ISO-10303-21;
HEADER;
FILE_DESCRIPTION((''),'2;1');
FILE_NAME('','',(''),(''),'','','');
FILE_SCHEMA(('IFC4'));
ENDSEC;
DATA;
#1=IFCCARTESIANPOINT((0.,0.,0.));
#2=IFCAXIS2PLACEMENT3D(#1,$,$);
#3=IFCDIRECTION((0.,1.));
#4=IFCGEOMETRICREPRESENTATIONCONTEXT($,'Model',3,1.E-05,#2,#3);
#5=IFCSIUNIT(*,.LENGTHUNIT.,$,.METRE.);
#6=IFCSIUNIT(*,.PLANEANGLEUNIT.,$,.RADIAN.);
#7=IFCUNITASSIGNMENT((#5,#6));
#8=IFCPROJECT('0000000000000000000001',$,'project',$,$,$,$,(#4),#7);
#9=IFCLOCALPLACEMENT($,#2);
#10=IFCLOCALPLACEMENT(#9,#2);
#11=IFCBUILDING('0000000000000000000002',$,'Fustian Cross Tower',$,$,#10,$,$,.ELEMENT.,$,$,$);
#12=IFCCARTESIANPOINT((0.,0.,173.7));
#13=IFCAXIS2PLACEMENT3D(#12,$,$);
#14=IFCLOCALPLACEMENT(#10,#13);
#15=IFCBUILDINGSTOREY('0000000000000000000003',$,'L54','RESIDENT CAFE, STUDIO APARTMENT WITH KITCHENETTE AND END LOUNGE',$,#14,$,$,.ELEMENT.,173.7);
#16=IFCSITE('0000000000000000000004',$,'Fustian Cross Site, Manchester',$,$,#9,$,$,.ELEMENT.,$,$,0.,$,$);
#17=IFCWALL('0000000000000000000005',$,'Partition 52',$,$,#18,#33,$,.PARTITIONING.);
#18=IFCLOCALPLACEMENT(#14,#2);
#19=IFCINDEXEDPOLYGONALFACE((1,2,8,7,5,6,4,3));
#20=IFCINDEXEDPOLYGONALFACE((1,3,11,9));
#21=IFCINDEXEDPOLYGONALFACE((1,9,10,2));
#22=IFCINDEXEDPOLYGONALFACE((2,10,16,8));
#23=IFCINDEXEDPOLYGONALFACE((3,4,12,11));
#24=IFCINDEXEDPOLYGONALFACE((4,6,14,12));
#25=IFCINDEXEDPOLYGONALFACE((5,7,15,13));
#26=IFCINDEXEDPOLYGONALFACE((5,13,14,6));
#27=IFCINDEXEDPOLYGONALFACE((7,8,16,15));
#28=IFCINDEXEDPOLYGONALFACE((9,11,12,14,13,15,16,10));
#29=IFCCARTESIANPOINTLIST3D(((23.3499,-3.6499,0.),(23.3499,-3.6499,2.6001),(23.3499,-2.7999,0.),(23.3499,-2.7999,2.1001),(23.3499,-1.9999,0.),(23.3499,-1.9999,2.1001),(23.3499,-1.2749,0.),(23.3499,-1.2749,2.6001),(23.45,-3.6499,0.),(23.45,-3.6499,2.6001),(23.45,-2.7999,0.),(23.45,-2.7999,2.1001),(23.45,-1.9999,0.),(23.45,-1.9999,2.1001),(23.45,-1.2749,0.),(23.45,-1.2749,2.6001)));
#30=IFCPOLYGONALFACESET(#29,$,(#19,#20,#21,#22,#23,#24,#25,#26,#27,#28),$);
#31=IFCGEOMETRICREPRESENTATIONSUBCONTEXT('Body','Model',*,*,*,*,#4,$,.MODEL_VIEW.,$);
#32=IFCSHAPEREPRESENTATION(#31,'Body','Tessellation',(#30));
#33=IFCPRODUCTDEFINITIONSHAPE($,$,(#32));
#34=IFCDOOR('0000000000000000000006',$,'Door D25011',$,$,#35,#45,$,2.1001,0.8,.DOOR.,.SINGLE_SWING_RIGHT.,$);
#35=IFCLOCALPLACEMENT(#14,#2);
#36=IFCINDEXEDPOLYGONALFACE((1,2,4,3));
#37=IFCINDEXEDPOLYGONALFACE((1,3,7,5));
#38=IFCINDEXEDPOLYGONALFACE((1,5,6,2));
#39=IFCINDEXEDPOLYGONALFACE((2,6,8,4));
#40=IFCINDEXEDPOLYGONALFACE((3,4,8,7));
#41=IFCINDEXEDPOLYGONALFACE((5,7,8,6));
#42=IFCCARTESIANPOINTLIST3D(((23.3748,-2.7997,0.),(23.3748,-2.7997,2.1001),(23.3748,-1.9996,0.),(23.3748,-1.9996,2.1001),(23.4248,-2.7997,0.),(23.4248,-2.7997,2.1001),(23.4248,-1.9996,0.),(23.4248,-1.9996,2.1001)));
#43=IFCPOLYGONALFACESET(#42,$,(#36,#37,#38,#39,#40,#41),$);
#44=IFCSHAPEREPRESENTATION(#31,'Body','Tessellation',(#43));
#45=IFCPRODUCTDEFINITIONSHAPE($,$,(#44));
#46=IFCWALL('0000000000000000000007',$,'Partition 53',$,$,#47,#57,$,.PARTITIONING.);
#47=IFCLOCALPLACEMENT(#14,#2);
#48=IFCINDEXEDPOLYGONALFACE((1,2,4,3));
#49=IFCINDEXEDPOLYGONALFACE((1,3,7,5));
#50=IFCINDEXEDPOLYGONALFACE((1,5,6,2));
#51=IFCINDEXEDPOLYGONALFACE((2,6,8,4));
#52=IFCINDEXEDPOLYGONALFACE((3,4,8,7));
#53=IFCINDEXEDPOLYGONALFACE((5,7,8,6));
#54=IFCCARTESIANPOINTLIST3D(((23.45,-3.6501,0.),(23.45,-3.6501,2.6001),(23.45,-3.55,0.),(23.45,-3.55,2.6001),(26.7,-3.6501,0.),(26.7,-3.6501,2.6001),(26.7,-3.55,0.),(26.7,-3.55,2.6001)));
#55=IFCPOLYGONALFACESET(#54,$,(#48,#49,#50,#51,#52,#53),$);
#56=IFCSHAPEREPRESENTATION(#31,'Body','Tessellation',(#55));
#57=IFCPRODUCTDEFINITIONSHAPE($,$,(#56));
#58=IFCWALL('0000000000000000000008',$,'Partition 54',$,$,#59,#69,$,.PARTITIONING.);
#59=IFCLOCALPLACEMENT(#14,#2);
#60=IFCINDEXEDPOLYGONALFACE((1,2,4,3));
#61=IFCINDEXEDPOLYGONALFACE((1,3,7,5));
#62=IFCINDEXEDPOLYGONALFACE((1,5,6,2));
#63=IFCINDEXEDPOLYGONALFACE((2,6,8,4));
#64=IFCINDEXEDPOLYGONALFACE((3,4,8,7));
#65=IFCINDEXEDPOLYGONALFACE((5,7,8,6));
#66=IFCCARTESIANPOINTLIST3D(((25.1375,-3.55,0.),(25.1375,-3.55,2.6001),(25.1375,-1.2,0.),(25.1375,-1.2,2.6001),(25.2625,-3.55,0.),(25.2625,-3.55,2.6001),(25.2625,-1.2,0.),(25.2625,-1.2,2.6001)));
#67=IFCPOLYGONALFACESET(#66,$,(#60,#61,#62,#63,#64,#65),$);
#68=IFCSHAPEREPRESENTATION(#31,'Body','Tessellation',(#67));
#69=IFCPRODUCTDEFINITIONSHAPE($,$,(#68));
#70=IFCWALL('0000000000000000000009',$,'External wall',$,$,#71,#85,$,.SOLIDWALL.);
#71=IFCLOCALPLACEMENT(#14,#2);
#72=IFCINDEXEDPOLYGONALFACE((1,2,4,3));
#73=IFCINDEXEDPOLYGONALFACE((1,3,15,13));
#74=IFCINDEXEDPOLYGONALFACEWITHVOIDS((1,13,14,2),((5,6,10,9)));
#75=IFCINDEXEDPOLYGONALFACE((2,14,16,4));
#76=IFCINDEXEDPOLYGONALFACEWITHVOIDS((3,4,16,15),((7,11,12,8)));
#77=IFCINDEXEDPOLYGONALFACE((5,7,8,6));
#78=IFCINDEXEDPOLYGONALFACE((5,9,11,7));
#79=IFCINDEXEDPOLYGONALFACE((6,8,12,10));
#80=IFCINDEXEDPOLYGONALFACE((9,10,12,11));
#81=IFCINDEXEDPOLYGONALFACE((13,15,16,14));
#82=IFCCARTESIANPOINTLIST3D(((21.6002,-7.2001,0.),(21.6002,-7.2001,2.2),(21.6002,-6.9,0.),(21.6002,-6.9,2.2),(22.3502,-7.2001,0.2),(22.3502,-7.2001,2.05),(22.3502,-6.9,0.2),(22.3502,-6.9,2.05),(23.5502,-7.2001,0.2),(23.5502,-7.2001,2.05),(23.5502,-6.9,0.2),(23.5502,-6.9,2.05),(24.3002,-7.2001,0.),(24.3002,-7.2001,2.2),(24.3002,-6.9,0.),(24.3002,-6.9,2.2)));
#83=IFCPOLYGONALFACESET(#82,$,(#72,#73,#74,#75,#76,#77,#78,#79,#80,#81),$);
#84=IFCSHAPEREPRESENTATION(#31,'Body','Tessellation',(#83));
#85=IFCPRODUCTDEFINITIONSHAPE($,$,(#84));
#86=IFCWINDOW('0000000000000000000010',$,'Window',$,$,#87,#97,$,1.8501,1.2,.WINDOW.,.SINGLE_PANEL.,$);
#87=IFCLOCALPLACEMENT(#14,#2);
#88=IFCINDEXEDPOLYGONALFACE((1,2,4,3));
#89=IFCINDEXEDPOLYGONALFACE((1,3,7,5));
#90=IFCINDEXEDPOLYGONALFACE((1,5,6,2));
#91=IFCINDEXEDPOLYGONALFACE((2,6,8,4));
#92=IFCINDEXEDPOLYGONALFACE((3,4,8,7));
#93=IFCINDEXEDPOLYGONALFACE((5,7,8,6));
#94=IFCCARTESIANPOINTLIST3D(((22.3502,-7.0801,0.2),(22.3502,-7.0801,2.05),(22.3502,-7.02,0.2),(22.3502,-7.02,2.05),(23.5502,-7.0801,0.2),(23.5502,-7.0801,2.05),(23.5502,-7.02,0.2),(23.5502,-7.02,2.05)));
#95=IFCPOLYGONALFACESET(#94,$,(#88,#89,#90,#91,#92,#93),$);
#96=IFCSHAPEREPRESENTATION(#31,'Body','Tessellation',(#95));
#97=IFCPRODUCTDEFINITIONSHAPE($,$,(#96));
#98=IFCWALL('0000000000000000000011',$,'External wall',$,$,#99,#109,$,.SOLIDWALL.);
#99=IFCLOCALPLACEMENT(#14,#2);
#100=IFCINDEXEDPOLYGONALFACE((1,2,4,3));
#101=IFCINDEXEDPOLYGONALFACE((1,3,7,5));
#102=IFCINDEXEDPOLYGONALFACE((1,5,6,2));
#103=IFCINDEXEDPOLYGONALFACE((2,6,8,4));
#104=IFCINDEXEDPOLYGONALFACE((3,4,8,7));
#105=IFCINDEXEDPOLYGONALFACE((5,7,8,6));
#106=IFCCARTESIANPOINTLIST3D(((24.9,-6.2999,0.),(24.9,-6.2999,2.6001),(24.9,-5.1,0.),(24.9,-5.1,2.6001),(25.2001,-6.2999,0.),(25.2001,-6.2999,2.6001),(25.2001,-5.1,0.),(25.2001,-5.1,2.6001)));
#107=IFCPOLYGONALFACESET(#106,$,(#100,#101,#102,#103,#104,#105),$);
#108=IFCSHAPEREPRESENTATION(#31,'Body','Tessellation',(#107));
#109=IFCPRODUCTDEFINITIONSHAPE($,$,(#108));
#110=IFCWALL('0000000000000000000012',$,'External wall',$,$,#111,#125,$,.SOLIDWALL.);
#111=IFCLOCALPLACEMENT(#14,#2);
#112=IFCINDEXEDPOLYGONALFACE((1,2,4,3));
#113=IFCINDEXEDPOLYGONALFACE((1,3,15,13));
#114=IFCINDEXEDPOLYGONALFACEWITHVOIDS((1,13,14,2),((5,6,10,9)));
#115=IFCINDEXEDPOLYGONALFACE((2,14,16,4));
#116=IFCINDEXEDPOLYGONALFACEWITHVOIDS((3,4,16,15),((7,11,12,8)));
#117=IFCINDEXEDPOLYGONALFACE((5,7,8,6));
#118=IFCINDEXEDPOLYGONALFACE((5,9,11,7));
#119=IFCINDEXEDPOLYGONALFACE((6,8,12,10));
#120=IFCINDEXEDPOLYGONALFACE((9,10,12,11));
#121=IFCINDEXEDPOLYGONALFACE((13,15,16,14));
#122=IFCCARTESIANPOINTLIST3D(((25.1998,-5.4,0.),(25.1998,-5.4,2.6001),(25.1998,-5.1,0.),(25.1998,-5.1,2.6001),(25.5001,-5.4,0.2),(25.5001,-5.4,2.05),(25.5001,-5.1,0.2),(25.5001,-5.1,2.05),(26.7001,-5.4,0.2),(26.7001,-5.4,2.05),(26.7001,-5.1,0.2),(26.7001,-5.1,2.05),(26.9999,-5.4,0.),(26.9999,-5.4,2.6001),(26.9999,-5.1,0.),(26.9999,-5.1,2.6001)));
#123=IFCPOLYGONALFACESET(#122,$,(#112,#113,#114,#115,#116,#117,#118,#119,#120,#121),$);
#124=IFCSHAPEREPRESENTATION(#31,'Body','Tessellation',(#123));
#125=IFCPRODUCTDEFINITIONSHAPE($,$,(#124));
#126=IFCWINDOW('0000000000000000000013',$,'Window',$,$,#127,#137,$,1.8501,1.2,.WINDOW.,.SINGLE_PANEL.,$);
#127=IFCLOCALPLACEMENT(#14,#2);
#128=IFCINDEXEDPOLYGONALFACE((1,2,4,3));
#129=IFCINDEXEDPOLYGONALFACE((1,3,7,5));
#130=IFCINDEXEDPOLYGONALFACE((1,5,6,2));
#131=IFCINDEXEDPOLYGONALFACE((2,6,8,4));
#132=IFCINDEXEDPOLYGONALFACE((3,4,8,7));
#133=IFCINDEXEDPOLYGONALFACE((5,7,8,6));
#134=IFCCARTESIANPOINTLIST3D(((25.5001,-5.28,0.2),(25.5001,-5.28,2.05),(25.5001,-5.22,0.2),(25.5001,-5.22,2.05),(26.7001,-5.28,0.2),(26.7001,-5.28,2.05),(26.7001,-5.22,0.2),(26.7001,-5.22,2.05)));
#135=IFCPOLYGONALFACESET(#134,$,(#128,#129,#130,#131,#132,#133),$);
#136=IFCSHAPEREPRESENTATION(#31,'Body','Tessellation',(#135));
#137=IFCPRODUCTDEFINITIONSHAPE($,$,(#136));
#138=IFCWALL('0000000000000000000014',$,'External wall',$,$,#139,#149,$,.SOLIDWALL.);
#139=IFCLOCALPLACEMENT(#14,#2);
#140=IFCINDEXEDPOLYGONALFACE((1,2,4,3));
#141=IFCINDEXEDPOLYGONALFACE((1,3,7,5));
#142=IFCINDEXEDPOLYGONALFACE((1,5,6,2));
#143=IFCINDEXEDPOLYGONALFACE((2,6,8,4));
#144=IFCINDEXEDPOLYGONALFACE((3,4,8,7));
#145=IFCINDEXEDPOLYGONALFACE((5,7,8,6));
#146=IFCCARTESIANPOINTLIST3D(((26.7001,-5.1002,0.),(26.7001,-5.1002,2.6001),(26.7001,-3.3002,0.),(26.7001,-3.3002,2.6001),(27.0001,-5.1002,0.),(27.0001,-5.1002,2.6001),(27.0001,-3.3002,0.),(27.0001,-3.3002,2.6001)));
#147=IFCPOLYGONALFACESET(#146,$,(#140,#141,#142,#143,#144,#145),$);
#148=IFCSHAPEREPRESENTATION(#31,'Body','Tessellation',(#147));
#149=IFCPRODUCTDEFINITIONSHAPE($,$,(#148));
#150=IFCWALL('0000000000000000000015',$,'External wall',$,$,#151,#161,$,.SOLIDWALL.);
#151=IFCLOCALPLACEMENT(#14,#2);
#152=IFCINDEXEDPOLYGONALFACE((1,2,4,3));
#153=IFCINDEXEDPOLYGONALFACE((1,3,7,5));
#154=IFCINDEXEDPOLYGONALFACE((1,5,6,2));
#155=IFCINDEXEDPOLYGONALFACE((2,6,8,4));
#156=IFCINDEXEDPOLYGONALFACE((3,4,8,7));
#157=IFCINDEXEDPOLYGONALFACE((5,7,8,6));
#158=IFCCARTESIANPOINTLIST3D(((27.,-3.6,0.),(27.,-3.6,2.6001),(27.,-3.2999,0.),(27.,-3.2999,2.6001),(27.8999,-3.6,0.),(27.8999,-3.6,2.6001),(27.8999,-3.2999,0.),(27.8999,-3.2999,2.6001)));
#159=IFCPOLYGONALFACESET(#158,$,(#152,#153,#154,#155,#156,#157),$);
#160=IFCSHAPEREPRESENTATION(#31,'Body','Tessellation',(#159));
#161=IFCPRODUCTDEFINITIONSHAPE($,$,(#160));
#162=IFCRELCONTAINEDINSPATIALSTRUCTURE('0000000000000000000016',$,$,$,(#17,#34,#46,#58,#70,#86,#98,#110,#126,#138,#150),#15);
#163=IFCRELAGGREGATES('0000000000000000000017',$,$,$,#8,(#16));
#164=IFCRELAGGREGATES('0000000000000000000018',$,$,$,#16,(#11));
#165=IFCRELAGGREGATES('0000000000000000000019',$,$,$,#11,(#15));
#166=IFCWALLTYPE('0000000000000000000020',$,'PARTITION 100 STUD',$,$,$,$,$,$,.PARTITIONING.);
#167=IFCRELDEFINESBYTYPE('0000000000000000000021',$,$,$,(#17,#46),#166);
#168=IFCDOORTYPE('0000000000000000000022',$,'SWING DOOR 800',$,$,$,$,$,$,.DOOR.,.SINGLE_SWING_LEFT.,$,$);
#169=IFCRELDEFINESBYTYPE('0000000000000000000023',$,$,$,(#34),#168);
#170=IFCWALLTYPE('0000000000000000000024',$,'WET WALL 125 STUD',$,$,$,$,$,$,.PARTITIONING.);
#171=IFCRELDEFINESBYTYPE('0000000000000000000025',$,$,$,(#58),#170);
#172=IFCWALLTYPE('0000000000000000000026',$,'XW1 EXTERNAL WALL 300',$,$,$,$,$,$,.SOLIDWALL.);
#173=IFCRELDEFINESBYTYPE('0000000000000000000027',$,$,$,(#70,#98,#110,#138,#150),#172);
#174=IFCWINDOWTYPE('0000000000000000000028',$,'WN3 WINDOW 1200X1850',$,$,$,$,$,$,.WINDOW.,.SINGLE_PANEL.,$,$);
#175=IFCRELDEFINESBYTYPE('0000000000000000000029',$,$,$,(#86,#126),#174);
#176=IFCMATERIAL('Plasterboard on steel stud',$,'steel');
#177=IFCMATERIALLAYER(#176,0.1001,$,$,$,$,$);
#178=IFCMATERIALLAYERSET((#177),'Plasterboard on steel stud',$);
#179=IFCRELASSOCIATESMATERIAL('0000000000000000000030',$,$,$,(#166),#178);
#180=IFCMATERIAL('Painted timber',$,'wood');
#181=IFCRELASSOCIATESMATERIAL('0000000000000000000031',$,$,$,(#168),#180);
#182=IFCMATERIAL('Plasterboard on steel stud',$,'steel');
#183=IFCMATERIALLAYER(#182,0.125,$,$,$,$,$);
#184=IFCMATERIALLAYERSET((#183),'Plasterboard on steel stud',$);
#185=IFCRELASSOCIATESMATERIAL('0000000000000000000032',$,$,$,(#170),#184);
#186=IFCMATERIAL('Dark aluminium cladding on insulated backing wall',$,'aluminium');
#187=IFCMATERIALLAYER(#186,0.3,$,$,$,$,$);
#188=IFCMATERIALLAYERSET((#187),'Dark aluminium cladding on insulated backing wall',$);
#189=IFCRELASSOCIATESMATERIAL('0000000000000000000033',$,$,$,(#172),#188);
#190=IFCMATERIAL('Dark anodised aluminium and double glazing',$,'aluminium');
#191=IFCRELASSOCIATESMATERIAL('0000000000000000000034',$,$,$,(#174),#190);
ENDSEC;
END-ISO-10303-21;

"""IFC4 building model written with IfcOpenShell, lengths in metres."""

from ifc_helpers import new_model, si_unit, direction, frame, frame_2d, origin, place, context, subcontext, project, spatial, rectangle, extrude, material, layer, layer_set, type_object, element, fill, save


model = new_model("IFC4")

# Units and contexts
model_context = context("Model", 3, precision=1e-05, world=origin(), true_north=direction((0.0, 1.0)))
body_context = subcontext(model_context, "Body", "Model", "MODEL_VIEW")
ifc_project = project(units=[si_unit("LENGTHUNIT", "METRE"), si_unit("PLANEANGLEUNIT", "RADIAN")], contexts=[model_context])

# Site, building, storey
site_placement = place(None, origin())
site = spatial("IfcSite", under=ifc_project, at=site_placement, Name="Fustian Cross Site, Manchester", CompositionType="ELEMENT", RefElevation=0.0)
building_placement = place(site_placement, origin())
building = spatial("IfcBuilding", under=site, at=building_placement, Name="Fustian Cross Tower", CompositionType="ELEMENT")
storey_placement = place(building_placement, frame((0.0, 0.0, 173.7)))
storey = spatial("IfcBuildingStorey", under=building, at=storey_placement, Name="L54", Description="RESIDENT CAFE, STUDIO APARTMENT WITH KITCHENETTE AND END LOUNGE", CompositionType="ELEMENT", Elevation=173.7)

# Wall, opening, door
ifc_material_1 = material(Name="Plasterboard on steel stud", Category="steel")
ifc_layer_1 = layer(ifc_material_1, 0.1001)
ifc_layer_set_1 = layer_set([ifc_layer_1], Name="Plasterboard on steel stud")
wall_type_1 = type_object("IfcWallType", Name="PARTITION 100 STUD", PredefinedType="PARTITIONING", material=ifc_layer_set_1)
wall_1_placement = place(storey_placement, frame((23.3999, -3.6499, 0.0), z_axis=(0.0, 0.0, 1.0), x_axis=(0.0, 1.0, 0.0)))
wall_1 = element("IfcWall", 1, at=wall_1_placement, inside=storey, type_object=wall_type_1, Name="Partition 52", PredefinedType="PARTITIONING", context=body_context, shape_type="SweptSolid", body=[
    extrude(rectangle(XDim=2.375, YDim=0.1001, at=frame_2d((1.1875, 0.0))), origin(), (0.0, 0.0, 1.0), 2.6001),
])
opening_1_placement = place(wall_1_placement, frame((0.8501, 0.0, 0.0)))
opening_1 = element("IfcOpeningElement", 2, at=opening_1_placement, cuts=wall_1, PredefinedType="OPENING", context=body_context, shape_type="SweptSolid", body=[
    extrude(rectangle(XDim=0.8, YDim=2.1001, at=frame_2d((0.3999, 1.05))), frame((0.0, 0.0601, 0.0), z_axis=(0.0, -1.0, 0.0), x_axis=(1.0, 0.0, 0.0)), (0.0, 0.0, 1.0), 0.1201),
])
ifc_material_2 = material(Name="Painted timber", Category="wood")
door_type_1 = type_object("IfcDoorType", Name="SWING DOOR 800", OperationType="SINGLE_SWING_LEFT", PredefinedType="DOOR", material=ifc_material_2)
door_1_placement = place(opening_1_placement, frame((0.8, 0.0, 0.0), z_axis=(0.0, 0.0, 1.0), x_axis=(-1.0, 0.0, 0.0)))
door_1 = element("IfcDoor", 3, at=door_1_placement, inside=storey, type_object=door_type_1, Name="Door D25011", OperationType="SINGLE_SWING_RIGHT", OverallHeight=2.1001, OverallWidth=0.8, PredefinedType="DOOR", context=body_context, shape_type="SweptSolid", body=[
    extrude(rectangle(XDim=0.8, YDim=2.1001, at=frame_2d((0.3999, 1.05))), frame((0.0, 0.0249, 0.0), z_axis=(0.0, -1.0, 0.0), x_axis=(1.0, 0.0, 0.0)), (0.0, 0.0, 1.0), 0.05),
])
fill(opening_1, door_1)

# Walls
wall_2_placement = place(storey_placement, frame((23.45, -3.6001, 0.0), z_axis=(0.0, 0.0, 1.0), x_axis=(1.0, 0.0, 0.0)))
element("IfcWall", 4, at=wall_2_placement, inside=storey, type_object=wall_type_1, Name="Partition 53", PredefinedType="PARTITIONING", context=body_context, shape_type="SweptSolid", body=[
    extrude(rectangle(XDim=3.25, YDim=0.1001, at=frame_2d((1.625, 0.0))), origin(), (0.0, 0.0, 1.0), 2.6001),
])
ifc_material_3 = material(Name="Plasterboard on steel stud", Category="steel")
ifc_layer_2 = layer(ifc_material_3, 0.125)
ifc_layer_set_2 = layer_set([ifc_layer_2], Name="Plasterboard on steel stud")
wall_type_2 = type_object("IfcWallType", Name="WET WALL 125 STUD", PredefinedType="PARTITIONING", material=ifc_layer_set_2)
wall_3_placement = place(storey_placement, frame((25.2, -3.55, 0.0), z_axis=(0.0, 0.0, 1.0), x_axis=(0.0, 1.0, 0.0)))
element("IfcWall", 5, at=wall_3_placement, inside=storey, type_object=wall_type_2, Name="Partition 54", PredefinedType="PARTITIONING", context=body_context, shape_type="SweptSolid", body=[
    extrude(rectangle(XDim=2.3501, YDim=0.125, at=frame_2d((1.175, 0.0))), origin(), (0.0, 0.0, 1.0), 2.6001),
])

# Wall, opening, window
ifc_material_4 = material(Name="Dark aluminium cladding on insulated backing wall", Category="aluminium")
ifc_layer_3 = layer(ifc_material_4, 0.3)
ifc_layer_set_3 = layer_set([ifc_layer_3], Name="Dark aluminium cladding on insulated backing wall")
wall_type_3 = type_object("IfcWallType", Name="XW1 EXTERNAL WALL 300", PredefinedType="SOLIDWALL", material=ifc_layer_set_3)
wall_4_placement = place(storey_placement, frame((21.6001, -7.05, 0.0), z_axis=(0.0, 0.0, 1.0), x_axis=(1.0, 0.0, 0.0)))
wall_4 = element("IfcWall", 6, at=wall_4_placement, inside=storey, type_object=wall_type_3, Name="External wall", PredefinedType="SOLIDWALL", context=body_context, shape_type="SweptSolid", body=[
    extrude(rectangle(XDim=2.7, YDim=0.3, at=frame_2d((1.3501, 0.0))), origin(), (0.0, 0.0, 1.0), 2.2),
])
opening_2_placement = place(wall_4_placement, frame((0.75, 0.0, 0.2)))
opening_2 = element("IfcOpeningElement", 7, at=opening_2_placement, cuts=wall_4, PredefinedType="OPENING", context=body_context, shape_type="SweptSolid", body=[
    extrude(rectangle(XDim=1.2, YDim=1.8501, at=frame_2d((0.6001, 0.925))), frame((0.0, 0.1599, 0.0), z_axis=(0.0, -1.0, 0.0), x_axis=(1.0, 0.0, 0.0)), (0.0, 0.0, 1.0), 0.3201),
])
ifc_material_5 = material(Name="Dark anodised aluminium and double glazing", Category="aluminium")
window_type_1 = type_object("IfcWindowType", Name="WN3 WINDOW 1200X1850", PartitioningType="SINGLE_PANEL", PredefinedType="WINDOW", material=ifc_material_5)
window_1_placement = place(opening_2_placement, origin())
window_1 = element("IfcWindow", 8, at=window_1_placement, inside=storey, type_object=window_type_1, Name="Window", OverallHeight=1.8501, OverallWidth=1.2, PartitioningType="SINGLE_PANEL", PredefinedType="WINDOW", context=body_context, shape_type="SweptSolid", body=[
    extrude(rectangle(XDim=1.2, YDim=1.8501, at=frame_2d((0.6001, 0.925))), frame((0.0, 0.03, 0.0), z_axis=(0.0, -1.0, 0.0), x_axis=(1.0, 0.0, 0.0)), (0.0, 0.0, 1.0), 0.0601),
])
fill(opening_2, window_1)

# Wall
wall_5_placement = place(storey_placement, frame((25.05, -6.3, 0.0), z_axis=(0.0, 0.0, 1.0), x_axis=(0.0, 1.0, 0.0)))
element("IfcWall", 9, at=wall_5_placement, inside=storey, type_object=wall_type_3, Name="External wall", PredefinedType="SOLIDWALL", context=body_context, shape_type="SweptSolid", body=[
    extrude(rectangle(XDim=1.2, YDim=0.3, at=frame_2d((0.6001, 0.0))), origin(), (0.0, 0.0, 1.0), 2.6001),
])

# Wall, opening, window
wall_6_placement = place(storey_placement, frame((25.2, -5.25, 0.0), z_axis=(0.0, 0.0, 1.0), x_axis=(1.0, 0.0, 0.0)))
wall_6 = element("IfcWall", 10, at=wall_6_placement, inside=storey, type_object=wall_type_3, Name="External wall", PredefinedType="SOLIDWALL", context=body_context, shape_type="SweptSolid", body=[
    extrude(rectangle(XDim=1.8, YDim=0.3, at=frame_2d((0.8999, 0.0))), origin(), (0.0, 0.0, 1.0), 2.6001),
])
opening_3_placement = place(wall_6_placement, frame((0.3, 0.0, 0.2)))
opening_3 = element("IfcOpeningElement", 11, at=opening_3_placement, cuts=wall_6, PredefinedType="OPENING", context=body_context, shape_type="SweptSolid", body=[
    extrude(rectangle(XDim=1.2, YDim=1.8501, at=frame_2d((0.6001, 0.925))), frame((0.0, 0.1599, 0.0), z_axis=(0.0, -1.0, 0.0), x_axis=(1.0, 0.0, 0.0)), (0.0, 0.0, 1.0), 0.3201),
])
window_2_placement = place(opening_3_placement, origin())
window_2 = element("IfcWindow", 12, at=window_2_placement, inside=storey, type_object=window_type_1, Name="Window", OverallHeight=1.8501, OverallWidth=1.2, PartitioningType="SINGLE_PANEL", PredefinedType="WINDOW", context=body_context, shape_type="SweptSolid", body=[
    extrude(rectangle(XDim=1.2, YDim=1.8501, at=frame_2d((0.6001, 0.925))), frame((0.0, 0.03, 0.0), z_axis=(0.0, -1.0, 0.0), x_axis=(1.0, 0.0, 0.0)), (0.0, 0.0, 1.0), 0.0601),
])
fill(opening_3, window_2)

# Walls
wall_7_placement = place(storey_placement, frame((26.8501, -5.1001, 0.0), z_axis=(0.0, 0.0, 1.0), x_axis=(0.0, 1.0, 0.0)))
element("IfcWall", 13, at=wall_7_placement, inside=storey, type_object=wall_type_3, Name="External wall", PredefinedType="SOLIDWALL", context=body_context, shape_type="SweptSolid", body=[
    extrude(rectangle(XDim=1.8, YDim=0.3, at=frame_2d((0.8999, 0.0))), origin(), (0.0, 0.0, 1.0), 2.6001),
])
wall_8_placement = place(storey_placement, frame((27.0, -3.45, 0.0), z_axis=(0.0, 0.0, 1.0), x_axis=(1.0, 0.0, 0.0)))
element("IfcWall", 14, at=wall_8_placement, inside=storey, type_object=wall_type_3, Name="External wall", PredefinedType="SOLIDWALL", context=body_context, shape_type="SweptSolid", body=[
    extrude(rectangle(XDim=0.8999, YDim=0.3, at=frame_2d((0.45, 0.0))), origin(), (0.0, 0.0, 1.0), 2.6001),
])

save(model, "model.ifc")
